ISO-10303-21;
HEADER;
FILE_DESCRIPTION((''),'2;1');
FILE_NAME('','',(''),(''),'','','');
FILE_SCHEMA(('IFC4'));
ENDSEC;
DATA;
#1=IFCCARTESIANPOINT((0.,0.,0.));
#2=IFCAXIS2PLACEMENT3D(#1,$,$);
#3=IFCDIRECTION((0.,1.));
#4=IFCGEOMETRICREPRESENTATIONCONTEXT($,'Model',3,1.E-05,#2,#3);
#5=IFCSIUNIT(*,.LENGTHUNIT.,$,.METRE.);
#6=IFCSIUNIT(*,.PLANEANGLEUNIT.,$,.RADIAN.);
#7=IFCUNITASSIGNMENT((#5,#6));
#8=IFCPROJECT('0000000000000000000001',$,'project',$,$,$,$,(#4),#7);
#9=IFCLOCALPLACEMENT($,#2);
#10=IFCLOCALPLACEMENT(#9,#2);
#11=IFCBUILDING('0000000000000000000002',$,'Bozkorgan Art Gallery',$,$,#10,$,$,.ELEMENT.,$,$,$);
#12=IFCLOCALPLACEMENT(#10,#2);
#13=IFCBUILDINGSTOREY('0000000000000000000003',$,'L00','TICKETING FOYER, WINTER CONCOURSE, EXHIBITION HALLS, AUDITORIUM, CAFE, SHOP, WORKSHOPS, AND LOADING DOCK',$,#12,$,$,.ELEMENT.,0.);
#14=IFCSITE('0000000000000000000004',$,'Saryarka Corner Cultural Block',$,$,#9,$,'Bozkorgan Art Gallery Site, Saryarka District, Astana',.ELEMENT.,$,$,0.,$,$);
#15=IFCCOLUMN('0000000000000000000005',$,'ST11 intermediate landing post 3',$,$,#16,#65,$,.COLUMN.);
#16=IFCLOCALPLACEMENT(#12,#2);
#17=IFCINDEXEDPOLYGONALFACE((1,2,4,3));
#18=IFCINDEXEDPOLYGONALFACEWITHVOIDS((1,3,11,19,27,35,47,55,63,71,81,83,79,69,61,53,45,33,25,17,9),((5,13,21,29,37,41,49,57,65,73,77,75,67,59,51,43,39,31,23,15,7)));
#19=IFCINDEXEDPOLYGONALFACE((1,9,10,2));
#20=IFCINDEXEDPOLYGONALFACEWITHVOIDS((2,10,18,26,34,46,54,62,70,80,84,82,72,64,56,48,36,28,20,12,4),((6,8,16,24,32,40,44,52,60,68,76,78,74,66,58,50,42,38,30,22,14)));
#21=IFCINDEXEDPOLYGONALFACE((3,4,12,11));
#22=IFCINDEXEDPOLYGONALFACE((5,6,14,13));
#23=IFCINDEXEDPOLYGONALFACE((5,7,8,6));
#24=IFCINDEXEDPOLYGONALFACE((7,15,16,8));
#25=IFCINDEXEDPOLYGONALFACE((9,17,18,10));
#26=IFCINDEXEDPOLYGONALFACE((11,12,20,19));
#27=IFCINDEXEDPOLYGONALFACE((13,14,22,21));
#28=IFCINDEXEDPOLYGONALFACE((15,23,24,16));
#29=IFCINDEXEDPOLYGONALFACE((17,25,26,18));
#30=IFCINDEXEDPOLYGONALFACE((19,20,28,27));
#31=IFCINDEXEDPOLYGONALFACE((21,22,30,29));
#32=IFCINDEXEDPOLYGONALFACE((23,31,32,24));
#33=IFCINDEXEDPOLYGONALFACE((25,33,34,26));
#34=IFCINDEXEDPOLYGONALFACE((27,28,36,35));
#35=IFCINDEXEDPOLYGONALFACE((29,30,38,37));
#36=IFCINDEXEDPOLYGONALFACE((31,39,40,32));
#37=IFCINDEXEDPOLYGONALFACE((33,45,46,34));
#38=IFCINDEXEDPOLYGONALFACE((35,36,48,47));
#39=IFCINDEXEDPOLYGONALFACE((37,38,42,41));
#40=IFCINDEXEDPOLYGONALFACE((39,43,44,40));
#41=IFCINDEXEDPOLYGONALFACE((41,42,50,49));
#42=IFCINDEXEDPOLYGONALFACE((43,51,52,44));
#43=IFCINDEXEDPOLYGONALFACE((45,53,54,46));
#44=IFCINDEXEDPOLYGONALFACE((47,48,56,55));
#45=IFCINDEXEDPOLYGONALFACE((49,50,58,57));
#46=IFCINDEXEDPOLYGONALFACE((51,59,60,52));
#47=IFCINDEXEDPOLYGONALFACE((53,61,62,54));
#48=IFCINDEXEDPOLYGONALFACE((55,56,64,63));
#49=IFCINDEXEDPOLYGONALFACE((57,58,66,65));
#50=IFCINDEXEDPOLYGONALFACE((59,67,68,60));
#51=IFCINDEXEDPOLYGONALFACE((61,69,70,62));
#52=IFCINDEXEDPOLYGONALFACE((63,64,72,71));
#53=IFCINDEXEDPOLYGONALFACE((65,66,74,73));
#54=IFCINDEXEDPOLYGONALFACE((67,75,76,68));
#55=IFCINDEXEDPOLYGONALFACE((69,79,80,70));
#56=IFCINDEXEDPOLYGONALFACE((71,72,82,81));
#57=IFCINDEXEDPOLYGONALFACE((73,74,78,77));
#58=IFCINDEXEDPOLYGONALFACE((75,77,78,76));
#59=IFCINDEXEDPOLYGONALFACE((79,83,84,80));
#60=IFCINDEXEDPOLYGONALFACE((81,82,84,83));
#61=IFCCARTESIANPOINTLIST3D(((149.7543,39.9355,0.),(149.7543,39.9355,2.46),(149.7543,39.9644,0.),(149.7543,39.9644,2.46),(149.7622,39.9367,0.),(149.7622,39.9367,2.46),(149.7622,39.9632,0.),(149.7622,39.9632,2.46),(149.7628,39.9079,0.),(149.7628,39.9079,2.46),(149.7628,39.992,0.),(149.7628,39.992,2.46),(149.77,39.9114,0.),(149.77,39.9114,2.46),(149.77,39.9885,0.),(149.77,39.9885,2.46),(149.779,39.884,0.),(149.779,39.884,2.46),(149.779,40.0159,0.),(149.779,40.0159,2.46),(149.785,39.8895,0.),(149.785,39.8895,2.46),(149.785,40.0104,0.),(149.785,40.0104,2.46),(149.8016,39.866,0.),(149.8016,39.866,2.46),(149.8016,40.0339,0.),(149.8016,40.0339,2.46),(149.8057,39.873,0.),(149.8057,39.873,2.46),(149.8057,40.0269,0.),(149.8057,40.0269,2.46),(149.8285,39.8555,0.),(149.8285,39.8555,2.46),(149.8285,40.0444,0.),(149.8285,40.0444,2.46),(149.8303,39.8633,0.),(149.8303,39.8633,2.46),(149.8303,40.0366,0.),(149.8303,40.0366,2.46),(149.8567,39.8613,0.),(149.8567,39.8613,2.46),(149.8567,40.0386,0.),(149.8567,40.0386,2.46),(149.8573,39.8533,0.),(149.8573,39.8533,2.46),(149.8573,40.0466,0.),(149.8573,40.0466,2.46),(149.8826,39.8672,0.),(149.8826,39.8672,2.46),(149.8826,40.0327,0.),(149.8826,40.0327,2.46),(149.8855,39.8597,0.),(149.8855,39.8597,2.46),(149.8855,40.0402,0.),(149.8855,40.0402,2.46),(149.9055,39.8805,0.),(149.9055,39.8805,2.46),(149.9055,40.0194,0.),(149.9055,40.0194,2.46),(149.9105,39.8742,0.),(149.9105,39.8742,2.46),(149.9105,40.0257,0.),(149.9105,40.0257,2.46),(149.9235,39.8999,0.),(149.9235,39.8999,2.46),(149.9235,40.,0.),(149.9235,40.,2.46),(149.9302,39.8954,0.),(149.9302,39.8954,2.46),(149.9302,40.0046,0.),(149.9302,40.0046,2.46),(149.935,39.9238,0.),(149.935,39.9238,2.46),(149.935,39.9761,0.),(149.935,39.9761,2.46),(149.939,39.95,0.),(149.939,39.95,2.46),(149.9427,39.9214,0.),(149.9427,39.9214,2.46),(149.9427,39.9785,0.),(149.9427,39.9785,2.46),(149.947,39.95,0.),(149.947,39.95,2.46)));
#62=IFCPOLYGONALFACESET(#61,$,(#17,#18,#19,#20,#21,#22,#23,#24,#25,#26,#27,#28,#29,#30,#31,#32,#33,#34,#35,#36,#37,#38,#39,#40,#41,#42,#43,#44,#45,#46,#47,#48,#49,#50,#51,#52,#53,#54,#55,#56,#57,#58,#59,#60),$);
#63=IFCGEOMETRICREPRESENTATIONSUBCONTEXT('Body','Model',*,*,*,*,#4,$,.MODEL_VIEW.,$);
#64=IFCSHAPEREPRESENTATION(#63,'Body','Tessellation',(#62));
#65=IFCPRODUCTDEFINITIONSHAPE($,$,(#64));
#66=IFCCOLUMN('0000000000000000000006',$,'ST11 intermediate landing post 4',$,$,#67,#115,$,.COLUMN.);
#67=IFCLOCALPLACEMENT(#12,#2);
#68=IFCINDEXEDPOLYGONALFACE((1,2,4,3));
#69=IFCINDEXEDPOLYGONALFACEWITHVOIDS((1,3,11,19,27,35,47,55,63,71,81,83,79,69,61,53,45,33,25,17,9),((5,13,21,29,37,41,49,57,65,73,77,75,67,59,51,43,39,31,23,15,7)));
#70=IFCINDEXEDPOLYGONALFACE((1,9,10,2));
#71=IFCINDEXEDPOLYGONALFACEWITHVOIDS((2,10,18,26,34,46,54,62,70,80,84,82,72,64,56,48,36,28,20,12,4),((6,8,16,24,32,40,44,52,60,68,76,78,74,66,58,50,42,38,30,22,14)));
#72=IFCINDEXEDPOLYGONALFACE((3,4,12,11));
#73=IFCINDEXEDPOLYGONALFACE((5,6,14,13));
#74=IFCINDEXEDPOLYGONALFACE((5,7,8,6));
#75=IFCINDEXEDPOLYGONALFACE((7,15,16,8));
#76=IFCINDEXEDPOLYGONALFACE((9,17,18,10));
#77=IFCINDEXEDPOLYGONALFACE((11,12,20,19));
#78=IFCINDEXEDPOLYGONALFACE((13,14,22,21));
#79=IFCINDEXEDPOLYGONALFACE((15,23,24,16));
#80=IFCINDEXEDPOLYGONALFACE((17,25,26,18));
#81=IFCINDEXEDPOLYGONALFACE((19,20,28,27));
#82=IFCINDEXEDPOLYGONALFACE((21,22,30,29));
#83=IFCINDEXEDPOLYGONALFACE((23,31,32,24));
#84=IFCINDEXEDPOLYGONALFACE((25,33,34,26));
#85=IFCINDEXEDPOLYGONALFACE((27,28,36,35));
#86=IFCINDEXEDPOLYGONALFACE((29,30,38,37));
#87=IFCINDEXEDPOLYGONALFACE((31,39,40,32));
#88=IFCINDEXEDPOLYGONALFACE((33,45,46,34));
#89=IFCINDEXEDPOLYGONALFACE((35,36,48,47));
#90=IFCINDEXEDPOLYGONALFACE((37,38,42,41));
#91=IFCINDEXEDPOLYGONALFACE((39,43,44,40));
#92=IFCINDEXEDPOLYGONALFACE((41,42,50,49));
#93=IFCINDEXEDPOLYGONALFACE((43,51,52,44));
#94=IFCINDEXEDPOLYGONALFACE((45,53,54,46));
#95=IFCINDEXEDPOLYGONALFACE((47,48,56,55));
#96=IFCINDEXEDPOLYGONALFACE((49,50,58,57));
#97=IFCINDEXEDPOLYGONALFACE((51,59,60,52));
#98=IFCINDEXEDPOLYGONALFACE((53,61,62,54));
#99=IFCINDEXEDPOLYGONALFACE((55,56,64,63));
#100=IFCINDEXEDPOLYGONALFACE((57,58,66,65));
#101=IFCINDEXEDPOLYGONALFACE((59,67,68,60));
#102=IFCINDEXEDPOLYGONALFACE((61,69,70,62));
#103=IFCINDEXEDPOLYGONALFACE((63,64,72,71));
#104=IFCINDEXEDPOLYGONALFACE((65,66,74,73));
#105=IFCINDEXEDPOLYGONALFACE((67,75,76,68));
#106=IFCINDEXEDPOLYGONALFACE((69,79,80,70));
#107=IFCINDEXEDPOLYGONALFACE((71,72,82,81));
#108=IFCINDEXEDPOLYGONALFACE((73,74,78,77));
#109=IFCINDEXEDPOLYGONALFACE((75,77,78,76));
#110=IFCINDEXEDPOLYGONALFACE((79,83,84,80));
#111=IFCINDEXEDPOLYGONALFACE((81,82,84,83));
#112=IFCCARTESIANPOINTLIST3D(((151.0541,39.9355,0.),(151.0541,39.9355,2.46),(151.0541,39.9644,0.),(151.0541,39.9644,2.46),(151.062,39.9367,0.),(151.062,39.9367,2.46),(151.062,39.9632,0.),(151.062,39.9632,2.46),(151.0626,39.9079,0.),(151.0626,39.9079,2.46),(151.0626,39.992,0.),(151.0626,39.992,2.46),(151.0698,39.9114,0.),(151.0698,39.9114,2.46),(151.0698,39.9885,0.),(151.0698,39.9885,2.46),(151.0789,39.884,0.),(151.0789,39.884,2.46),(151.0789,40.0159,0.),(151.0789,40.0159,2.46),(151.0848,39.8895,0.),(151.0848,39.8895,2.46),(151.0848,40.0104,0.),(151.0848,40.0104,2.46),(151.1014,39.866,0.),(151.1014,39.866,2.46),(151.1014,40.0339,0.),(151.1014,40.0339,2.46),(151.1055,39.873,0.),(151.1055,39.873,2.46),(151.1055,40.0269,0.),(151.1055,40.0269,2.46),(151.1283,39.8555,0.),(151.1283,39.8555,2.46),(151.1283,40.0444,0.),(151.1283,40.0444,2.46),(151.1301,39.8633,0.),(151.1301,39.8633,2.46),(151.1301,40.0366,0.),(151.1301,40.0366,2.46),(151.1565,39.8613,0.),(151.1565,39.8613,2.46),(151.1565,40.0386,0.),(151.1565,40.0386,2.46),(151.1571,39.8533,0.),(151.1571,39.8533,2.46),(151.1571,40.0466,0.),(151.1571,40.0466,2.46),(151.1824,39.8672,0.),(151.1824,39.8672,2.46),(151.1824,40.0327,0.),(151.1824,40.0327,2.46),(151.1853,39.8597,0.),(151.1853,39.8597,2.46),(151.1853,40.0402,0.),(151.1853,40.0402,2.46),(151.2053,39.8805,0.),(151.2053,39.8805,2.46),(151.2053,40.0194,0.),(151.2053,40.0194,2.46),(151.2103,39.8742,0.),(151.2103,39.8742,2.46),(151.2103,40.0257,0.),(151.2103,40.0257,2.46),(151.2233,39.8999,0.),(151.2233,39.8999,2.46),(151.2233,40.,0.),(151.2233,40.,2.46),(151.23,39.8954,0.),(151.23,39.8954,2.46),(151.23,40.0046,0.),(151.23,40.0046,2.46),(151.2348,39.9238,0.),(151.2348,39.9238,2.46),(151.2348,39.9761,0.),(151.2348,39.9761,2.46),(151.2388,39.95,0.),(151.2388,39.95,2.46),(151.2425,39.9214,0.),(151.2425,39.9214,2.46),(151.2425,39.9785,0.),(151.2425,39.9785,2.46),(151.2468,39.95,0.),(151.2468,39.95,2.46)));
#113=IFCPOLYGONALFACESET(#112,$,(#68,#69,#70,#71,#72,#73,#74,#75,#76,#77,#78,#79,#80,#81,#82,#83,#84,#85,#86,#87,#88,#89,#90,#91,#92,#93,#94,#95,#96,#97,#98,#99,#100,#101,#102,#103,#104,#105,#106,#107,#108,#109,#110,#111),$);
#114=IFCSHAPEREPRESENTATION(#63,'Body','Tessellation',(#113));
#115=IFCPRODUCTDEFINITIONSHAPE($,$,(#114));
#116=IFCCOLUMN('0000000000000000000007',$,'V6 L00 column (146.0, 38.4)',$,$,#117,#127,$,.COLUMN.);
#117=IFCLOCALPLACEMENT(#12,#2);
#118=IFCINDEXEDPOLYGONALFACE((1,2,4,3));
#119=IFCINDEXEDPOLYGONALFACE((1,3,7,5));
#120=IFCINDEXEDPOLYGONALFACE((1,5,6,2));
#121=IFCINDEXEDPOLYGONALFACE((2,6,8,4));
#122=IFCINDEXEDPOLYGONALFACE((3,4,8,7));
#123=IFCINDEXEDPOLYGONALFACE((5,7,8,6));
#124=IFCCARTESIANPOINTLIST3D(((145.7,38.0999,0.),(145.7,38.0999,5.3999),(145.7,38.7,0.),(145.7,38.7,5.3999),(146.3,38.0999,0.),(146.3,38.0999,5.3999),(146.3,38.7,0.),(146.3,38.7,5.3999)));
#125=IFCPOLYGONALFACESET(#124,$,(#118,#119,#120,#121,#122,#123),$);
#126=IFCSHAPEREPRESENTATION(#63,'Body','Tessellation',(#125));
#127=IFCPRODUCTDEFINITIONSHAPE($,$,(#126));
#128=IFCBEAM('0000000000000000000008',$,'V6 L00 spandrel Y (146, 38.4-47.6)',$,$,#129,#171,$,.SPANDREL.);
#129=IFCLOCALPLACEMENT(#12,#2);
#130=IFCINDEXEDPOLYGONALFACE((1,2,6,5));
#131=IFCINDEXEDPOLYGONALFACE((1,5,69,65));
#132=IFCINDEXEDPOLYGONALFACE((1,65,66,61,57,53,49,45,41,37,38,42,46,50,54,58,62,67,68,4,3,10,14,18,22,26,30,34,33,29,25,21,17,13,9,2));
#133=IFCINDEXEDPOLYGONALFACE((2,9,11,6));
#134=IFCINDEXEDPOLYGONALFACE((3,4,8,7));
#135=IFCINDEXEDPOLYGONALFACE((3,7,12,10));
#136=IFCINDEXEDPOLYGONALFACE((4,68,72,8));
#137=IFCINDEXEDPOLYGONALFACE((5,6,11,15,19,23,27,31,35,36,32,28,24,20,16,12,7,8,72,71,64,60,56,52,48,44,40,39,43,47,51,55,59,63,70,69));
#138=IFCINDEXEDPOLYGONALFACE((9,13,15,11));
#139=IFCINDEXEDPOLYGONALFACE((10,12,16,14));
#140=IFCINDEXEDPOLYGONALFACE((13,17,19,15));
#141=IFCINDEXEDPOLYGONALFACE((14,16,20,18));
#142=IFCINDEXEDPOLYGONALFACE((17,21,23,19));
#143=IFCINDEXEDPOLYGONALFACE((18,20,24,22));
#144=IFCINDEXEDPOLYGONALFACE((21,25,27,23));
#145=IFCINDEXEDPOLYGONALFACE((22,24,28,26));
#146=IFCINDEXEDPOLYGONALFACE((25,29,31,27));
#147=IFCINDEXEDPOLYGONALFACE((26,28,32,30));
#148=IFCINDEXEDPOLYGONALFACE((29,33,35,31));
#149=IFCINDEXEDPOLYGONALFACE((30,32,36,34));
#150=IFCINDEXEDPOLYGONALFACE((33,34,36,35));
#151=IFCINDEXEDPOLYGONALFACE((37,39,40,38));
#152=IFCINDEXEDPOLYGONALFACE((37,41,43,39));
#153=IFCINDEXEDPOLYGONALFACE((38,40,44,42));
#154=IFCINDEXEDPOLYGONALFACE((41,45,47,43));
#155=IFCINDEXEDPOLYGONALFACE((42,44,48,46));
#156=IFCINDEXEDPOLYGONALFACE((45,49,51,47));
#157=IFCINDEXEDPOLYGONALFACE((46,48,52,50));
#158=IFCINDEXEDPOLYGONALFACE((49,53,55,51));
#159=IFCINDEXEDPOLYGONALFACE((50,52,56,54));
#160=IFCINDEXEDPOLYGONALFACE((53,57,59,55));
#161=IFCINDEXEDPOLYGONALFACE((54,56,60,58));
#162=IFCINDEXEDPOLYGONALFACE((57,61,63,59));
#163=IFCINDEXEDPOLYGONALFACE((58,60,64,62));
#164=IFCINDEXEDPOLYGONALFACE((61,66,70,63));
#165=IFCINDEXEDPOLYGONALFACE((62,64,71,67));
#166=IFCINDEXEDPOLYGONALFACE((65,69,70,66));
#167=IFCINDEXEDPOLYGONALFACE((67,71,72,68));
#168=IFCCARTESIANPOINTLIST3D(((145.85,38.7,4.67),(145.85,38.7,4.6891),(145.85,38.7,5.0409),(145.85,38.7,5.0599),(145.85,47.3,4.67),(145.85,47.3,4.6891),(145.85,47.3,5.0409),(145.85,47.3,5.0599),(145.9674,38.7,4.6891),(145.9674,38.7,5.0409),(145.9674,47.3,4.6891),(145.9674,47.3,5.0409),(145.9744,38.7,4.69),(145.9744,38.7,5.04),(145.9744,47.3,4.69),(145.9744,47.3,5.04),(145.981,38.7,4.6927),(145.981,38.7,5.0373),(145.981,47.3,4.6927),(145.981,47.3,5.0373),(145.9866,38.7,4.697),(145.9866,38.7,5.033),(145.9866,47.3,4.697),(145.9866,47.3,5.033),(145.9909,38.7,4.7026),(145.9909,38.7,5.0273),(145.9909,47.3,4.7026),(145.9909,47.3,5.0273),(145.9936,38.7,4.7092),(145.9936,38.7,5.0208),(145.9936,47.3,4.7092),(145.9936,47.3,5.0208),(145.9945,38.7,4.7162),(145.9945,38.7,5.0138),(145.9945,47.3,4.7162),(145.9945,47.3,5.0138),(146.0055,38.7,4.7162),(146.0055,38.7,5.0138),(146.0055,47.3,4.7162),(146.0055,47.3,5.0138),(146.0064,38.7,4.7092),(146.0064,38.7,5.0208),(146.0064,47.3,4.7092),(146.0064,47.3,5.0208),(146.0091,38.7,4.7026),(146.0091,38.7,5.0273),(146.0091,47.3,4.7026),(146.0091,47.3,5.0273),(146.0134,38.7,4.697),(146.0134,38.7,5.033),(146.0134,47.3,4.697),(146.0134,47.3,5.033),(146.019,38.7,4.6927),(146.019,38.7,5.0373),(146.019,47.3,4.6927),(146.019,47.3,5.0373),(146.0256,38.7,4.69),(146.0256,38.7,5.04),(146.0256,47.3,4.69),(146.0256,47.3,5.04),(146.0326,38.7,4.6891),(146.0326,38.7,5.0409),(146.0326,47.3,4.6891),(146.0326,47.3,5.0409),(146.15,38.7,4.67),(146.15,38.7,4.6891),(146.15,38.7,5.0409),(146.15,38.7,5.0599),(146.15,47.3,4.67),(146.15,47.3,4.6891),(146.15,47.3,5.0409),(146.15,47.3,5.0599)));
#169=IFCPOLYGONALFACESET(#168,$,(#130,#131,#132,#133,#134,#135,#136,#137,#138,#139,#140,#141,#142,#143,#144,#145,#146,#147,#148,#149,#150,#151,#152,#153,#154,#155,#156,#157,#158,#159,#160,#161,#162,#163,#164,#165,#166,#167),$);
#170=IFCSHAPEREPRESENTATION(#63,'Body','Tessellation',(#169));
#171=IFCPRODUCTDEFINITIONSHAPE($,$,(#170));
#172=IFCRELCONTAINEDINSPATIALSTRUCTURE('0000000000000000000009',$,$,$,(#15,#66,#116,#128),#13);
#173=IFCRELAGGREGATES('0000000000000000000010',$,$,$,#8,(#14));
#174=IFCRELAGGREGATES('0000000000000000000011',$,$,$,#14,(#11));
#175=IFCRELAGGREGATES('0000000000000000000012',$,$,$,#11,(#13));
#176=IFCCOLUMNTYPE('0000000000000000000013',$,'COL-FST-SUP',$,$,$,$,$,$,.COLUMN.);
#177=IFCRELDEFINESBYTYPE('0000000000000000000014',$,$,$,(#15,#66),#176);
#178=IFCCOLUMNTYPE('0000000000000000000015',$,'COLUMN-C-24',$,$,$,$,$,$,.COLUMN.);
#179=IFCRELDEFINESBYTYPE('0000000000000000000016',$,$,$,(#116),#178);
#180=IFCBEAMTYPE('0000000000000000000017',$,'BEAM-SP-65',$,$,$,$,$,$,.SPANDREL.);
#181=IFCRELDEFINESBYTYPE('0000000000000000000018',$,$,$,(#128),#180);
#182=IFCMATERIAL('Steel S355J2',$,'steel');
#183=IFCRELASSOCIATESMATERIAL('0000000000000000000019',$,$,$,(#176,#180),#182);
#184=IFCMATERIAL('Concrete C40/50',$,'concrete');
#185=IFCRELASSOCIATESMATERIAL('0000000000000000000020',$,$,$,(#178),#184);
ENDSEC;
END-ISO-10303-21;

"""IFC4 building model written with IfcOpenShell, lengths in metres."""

from ifc_helpers import new_model, si_unit, direction, frame, origin, origin_2d, place, context, subcontext, project, spatial, rectangle, hollow_circle, i_section, extrude, material, material_profile, profile_set, type_object, element, save


model = new_model("IFC4")

# Units and contexts
model_context = context("Model", 3, precision=1e-05, world=origin(), true_north=direction((0.0, 1.0)))
body_context = subcontext(model_context, "Body", "Model", "MODEL_VIEW")
ifc_project = project(units=[si_unit("LENGTHUNIT", "METRE"), si_unit("PLANEANGLEUNIT", "RADIAN")], contexts=[model_context])

# Site, building, storey
site_placement = place(None, origin())
site = spatial("IfcSite", under=ifc_project, at=site_placement, Name="Saryarka Corner Cultural Block", LongName="Bozkorgan Art Gallery Site, Saryarka District, Astana", CompositionType="ELEMENT", RefElevation=0.0)
building_placement = place(site_placement, origin())
building = spatial("IfcBuilding", under=site, at=building_placement, Name="Bozkorgan Art Gallery", CompositionType="ELEMENT")
storey_placement = place(building_placement, origin())
storey = spatial("IfcBuildingStorey", under=building, at=storey_placement, Name="L00", Description="TICKETING FOYER, WINTER CONCOURSE, EXHIBITION HALLS, AUDITORIUM, CAFE, SHOP, WORKSHOPS, AND LOADING DOCK", CompositionType="ELEMENT", Elevation=0.0)

# Columns
ifc_material_1 = material(Name="Steel S355J2", Category="steel")
ifc_material_profile_1 = material_profile(ifc_material_1, hollow_circle(Radius=0.0969, WallThickness=0.0081, at=origin_2d()), Name="CHS 193.7x8")
ifc_profile_set_1 = profile_set([ifc_material_profile_1], Name="Steel S355J2")
column_type_1 = type_object("IfcColumnType", Name="COL-FST-SUP", PredefinedType="COLUMN", material=ifc_profile_set_1)
for number, where, z_axis, x_axis, name in (
    (1, (149.8501, 39.95, 0.0), (0.0, 0.0, 1.0), (1.0, 0.0, 0.0), "ST11 intermediate landing post 3"),
    (2, (151.1499, 39.95, 0.0), (0.0, 0.0, 1.0), (1.0, 0.0, 0.0), "ST11 intermediate landing post 4"),
):
    element("IfcColumn", number, at=place(storey_placement, frame(where, z_axis=z_axis, x_axis=x_axis)), inside=storey, type_object=column_type_1, Name=name, PredefinedType="COLUMN", context=body_context, shape_type="SweptSolid", body=[
        extrude(hollow_circle(Radius=0.0969, WallThickness=0.0081, at=origin_2d()), origin(), (0.0, 0.0, 1.0), 2.46),
    ])
ifc_material_2 = material(Name="Concrete C40/50", Category="concrete")
ifc_material_profile_2 = material_profile(ifc_material_2, rectangle(XDim=0.6001, YDim=0.6001, at=origin_2d()), Name="RC 600x600")
ifc_profile_set_2 = profile_set([ifc_material_profile_2], Name="Concrete C40/50")
column_type_2 = type_object("IfcColumnType", Name="COLUMN-C-24", PredefinedType="COLUMN", material=ifc_profile_set_2)
column_placement = place(storey_placement, frame((146.0, 38.3999, 0.0), z_axis=(0.0, 0.0, 1.0), x_axis=(1.0, 0.0, 0.0)))
element("IfcColumn", 3, at=column_placement, inside=storey, type_object=column_type_2, Name="V6 L00 column (146.0, 38.4)", PredefinedType="COLUMN", context=body_context, shape_type="SweptSolid", body=[
    extrude(rectangle(XDim=0.6001, YDim=0.6001, at=origin_2d()), origin(), (0.0, 0.0, 1.0), 5.3999),
])

# Beam
ifc_material_profile_3 = material_profile(ifc_material_1, i_section(OverallWidth=0.3, OverallDepth=0.3899, WebThickness=0.011, FlangeThickness=0.019, FilletRadius=0.0271, at=origin_2d()), Name="HEA 400")
ifc_profile_set_3 = profile_set([ifc_material_profile_3], Name="Steel S355J2")
beam_type = type_object("IfcBeamType", Name="BEAM-SP-65", PredefinedType="SPANDREL", material=ifc_profile_set_3)
beam_placement = place(storey_placement, frame((146.0, 38.7, 4.865), z_axis=(0.0, 1.0, 0.0), x_axis=(-1.0, 0.0, 0.0)))
element("IfcBeam", 4, at=beam_placement, inside=storey, type_object=beam_type, Name="V6 L00 spandrel Y (146, 38.4-47.6)", PredefinedType="SPANDREL", context=body_context, shape_type="SweptSolid", body=[
    extrude(i_section(OverallWidth=0.3, OverallDepth=0.3899, WebThickness=0.011, FlangeThickness=0.019, FilletRadius=0.0271, at=origin_2d()), origin(), (0.0, 0.0, 1.0), 8.6001),
])

save(model, "model.ifc")
